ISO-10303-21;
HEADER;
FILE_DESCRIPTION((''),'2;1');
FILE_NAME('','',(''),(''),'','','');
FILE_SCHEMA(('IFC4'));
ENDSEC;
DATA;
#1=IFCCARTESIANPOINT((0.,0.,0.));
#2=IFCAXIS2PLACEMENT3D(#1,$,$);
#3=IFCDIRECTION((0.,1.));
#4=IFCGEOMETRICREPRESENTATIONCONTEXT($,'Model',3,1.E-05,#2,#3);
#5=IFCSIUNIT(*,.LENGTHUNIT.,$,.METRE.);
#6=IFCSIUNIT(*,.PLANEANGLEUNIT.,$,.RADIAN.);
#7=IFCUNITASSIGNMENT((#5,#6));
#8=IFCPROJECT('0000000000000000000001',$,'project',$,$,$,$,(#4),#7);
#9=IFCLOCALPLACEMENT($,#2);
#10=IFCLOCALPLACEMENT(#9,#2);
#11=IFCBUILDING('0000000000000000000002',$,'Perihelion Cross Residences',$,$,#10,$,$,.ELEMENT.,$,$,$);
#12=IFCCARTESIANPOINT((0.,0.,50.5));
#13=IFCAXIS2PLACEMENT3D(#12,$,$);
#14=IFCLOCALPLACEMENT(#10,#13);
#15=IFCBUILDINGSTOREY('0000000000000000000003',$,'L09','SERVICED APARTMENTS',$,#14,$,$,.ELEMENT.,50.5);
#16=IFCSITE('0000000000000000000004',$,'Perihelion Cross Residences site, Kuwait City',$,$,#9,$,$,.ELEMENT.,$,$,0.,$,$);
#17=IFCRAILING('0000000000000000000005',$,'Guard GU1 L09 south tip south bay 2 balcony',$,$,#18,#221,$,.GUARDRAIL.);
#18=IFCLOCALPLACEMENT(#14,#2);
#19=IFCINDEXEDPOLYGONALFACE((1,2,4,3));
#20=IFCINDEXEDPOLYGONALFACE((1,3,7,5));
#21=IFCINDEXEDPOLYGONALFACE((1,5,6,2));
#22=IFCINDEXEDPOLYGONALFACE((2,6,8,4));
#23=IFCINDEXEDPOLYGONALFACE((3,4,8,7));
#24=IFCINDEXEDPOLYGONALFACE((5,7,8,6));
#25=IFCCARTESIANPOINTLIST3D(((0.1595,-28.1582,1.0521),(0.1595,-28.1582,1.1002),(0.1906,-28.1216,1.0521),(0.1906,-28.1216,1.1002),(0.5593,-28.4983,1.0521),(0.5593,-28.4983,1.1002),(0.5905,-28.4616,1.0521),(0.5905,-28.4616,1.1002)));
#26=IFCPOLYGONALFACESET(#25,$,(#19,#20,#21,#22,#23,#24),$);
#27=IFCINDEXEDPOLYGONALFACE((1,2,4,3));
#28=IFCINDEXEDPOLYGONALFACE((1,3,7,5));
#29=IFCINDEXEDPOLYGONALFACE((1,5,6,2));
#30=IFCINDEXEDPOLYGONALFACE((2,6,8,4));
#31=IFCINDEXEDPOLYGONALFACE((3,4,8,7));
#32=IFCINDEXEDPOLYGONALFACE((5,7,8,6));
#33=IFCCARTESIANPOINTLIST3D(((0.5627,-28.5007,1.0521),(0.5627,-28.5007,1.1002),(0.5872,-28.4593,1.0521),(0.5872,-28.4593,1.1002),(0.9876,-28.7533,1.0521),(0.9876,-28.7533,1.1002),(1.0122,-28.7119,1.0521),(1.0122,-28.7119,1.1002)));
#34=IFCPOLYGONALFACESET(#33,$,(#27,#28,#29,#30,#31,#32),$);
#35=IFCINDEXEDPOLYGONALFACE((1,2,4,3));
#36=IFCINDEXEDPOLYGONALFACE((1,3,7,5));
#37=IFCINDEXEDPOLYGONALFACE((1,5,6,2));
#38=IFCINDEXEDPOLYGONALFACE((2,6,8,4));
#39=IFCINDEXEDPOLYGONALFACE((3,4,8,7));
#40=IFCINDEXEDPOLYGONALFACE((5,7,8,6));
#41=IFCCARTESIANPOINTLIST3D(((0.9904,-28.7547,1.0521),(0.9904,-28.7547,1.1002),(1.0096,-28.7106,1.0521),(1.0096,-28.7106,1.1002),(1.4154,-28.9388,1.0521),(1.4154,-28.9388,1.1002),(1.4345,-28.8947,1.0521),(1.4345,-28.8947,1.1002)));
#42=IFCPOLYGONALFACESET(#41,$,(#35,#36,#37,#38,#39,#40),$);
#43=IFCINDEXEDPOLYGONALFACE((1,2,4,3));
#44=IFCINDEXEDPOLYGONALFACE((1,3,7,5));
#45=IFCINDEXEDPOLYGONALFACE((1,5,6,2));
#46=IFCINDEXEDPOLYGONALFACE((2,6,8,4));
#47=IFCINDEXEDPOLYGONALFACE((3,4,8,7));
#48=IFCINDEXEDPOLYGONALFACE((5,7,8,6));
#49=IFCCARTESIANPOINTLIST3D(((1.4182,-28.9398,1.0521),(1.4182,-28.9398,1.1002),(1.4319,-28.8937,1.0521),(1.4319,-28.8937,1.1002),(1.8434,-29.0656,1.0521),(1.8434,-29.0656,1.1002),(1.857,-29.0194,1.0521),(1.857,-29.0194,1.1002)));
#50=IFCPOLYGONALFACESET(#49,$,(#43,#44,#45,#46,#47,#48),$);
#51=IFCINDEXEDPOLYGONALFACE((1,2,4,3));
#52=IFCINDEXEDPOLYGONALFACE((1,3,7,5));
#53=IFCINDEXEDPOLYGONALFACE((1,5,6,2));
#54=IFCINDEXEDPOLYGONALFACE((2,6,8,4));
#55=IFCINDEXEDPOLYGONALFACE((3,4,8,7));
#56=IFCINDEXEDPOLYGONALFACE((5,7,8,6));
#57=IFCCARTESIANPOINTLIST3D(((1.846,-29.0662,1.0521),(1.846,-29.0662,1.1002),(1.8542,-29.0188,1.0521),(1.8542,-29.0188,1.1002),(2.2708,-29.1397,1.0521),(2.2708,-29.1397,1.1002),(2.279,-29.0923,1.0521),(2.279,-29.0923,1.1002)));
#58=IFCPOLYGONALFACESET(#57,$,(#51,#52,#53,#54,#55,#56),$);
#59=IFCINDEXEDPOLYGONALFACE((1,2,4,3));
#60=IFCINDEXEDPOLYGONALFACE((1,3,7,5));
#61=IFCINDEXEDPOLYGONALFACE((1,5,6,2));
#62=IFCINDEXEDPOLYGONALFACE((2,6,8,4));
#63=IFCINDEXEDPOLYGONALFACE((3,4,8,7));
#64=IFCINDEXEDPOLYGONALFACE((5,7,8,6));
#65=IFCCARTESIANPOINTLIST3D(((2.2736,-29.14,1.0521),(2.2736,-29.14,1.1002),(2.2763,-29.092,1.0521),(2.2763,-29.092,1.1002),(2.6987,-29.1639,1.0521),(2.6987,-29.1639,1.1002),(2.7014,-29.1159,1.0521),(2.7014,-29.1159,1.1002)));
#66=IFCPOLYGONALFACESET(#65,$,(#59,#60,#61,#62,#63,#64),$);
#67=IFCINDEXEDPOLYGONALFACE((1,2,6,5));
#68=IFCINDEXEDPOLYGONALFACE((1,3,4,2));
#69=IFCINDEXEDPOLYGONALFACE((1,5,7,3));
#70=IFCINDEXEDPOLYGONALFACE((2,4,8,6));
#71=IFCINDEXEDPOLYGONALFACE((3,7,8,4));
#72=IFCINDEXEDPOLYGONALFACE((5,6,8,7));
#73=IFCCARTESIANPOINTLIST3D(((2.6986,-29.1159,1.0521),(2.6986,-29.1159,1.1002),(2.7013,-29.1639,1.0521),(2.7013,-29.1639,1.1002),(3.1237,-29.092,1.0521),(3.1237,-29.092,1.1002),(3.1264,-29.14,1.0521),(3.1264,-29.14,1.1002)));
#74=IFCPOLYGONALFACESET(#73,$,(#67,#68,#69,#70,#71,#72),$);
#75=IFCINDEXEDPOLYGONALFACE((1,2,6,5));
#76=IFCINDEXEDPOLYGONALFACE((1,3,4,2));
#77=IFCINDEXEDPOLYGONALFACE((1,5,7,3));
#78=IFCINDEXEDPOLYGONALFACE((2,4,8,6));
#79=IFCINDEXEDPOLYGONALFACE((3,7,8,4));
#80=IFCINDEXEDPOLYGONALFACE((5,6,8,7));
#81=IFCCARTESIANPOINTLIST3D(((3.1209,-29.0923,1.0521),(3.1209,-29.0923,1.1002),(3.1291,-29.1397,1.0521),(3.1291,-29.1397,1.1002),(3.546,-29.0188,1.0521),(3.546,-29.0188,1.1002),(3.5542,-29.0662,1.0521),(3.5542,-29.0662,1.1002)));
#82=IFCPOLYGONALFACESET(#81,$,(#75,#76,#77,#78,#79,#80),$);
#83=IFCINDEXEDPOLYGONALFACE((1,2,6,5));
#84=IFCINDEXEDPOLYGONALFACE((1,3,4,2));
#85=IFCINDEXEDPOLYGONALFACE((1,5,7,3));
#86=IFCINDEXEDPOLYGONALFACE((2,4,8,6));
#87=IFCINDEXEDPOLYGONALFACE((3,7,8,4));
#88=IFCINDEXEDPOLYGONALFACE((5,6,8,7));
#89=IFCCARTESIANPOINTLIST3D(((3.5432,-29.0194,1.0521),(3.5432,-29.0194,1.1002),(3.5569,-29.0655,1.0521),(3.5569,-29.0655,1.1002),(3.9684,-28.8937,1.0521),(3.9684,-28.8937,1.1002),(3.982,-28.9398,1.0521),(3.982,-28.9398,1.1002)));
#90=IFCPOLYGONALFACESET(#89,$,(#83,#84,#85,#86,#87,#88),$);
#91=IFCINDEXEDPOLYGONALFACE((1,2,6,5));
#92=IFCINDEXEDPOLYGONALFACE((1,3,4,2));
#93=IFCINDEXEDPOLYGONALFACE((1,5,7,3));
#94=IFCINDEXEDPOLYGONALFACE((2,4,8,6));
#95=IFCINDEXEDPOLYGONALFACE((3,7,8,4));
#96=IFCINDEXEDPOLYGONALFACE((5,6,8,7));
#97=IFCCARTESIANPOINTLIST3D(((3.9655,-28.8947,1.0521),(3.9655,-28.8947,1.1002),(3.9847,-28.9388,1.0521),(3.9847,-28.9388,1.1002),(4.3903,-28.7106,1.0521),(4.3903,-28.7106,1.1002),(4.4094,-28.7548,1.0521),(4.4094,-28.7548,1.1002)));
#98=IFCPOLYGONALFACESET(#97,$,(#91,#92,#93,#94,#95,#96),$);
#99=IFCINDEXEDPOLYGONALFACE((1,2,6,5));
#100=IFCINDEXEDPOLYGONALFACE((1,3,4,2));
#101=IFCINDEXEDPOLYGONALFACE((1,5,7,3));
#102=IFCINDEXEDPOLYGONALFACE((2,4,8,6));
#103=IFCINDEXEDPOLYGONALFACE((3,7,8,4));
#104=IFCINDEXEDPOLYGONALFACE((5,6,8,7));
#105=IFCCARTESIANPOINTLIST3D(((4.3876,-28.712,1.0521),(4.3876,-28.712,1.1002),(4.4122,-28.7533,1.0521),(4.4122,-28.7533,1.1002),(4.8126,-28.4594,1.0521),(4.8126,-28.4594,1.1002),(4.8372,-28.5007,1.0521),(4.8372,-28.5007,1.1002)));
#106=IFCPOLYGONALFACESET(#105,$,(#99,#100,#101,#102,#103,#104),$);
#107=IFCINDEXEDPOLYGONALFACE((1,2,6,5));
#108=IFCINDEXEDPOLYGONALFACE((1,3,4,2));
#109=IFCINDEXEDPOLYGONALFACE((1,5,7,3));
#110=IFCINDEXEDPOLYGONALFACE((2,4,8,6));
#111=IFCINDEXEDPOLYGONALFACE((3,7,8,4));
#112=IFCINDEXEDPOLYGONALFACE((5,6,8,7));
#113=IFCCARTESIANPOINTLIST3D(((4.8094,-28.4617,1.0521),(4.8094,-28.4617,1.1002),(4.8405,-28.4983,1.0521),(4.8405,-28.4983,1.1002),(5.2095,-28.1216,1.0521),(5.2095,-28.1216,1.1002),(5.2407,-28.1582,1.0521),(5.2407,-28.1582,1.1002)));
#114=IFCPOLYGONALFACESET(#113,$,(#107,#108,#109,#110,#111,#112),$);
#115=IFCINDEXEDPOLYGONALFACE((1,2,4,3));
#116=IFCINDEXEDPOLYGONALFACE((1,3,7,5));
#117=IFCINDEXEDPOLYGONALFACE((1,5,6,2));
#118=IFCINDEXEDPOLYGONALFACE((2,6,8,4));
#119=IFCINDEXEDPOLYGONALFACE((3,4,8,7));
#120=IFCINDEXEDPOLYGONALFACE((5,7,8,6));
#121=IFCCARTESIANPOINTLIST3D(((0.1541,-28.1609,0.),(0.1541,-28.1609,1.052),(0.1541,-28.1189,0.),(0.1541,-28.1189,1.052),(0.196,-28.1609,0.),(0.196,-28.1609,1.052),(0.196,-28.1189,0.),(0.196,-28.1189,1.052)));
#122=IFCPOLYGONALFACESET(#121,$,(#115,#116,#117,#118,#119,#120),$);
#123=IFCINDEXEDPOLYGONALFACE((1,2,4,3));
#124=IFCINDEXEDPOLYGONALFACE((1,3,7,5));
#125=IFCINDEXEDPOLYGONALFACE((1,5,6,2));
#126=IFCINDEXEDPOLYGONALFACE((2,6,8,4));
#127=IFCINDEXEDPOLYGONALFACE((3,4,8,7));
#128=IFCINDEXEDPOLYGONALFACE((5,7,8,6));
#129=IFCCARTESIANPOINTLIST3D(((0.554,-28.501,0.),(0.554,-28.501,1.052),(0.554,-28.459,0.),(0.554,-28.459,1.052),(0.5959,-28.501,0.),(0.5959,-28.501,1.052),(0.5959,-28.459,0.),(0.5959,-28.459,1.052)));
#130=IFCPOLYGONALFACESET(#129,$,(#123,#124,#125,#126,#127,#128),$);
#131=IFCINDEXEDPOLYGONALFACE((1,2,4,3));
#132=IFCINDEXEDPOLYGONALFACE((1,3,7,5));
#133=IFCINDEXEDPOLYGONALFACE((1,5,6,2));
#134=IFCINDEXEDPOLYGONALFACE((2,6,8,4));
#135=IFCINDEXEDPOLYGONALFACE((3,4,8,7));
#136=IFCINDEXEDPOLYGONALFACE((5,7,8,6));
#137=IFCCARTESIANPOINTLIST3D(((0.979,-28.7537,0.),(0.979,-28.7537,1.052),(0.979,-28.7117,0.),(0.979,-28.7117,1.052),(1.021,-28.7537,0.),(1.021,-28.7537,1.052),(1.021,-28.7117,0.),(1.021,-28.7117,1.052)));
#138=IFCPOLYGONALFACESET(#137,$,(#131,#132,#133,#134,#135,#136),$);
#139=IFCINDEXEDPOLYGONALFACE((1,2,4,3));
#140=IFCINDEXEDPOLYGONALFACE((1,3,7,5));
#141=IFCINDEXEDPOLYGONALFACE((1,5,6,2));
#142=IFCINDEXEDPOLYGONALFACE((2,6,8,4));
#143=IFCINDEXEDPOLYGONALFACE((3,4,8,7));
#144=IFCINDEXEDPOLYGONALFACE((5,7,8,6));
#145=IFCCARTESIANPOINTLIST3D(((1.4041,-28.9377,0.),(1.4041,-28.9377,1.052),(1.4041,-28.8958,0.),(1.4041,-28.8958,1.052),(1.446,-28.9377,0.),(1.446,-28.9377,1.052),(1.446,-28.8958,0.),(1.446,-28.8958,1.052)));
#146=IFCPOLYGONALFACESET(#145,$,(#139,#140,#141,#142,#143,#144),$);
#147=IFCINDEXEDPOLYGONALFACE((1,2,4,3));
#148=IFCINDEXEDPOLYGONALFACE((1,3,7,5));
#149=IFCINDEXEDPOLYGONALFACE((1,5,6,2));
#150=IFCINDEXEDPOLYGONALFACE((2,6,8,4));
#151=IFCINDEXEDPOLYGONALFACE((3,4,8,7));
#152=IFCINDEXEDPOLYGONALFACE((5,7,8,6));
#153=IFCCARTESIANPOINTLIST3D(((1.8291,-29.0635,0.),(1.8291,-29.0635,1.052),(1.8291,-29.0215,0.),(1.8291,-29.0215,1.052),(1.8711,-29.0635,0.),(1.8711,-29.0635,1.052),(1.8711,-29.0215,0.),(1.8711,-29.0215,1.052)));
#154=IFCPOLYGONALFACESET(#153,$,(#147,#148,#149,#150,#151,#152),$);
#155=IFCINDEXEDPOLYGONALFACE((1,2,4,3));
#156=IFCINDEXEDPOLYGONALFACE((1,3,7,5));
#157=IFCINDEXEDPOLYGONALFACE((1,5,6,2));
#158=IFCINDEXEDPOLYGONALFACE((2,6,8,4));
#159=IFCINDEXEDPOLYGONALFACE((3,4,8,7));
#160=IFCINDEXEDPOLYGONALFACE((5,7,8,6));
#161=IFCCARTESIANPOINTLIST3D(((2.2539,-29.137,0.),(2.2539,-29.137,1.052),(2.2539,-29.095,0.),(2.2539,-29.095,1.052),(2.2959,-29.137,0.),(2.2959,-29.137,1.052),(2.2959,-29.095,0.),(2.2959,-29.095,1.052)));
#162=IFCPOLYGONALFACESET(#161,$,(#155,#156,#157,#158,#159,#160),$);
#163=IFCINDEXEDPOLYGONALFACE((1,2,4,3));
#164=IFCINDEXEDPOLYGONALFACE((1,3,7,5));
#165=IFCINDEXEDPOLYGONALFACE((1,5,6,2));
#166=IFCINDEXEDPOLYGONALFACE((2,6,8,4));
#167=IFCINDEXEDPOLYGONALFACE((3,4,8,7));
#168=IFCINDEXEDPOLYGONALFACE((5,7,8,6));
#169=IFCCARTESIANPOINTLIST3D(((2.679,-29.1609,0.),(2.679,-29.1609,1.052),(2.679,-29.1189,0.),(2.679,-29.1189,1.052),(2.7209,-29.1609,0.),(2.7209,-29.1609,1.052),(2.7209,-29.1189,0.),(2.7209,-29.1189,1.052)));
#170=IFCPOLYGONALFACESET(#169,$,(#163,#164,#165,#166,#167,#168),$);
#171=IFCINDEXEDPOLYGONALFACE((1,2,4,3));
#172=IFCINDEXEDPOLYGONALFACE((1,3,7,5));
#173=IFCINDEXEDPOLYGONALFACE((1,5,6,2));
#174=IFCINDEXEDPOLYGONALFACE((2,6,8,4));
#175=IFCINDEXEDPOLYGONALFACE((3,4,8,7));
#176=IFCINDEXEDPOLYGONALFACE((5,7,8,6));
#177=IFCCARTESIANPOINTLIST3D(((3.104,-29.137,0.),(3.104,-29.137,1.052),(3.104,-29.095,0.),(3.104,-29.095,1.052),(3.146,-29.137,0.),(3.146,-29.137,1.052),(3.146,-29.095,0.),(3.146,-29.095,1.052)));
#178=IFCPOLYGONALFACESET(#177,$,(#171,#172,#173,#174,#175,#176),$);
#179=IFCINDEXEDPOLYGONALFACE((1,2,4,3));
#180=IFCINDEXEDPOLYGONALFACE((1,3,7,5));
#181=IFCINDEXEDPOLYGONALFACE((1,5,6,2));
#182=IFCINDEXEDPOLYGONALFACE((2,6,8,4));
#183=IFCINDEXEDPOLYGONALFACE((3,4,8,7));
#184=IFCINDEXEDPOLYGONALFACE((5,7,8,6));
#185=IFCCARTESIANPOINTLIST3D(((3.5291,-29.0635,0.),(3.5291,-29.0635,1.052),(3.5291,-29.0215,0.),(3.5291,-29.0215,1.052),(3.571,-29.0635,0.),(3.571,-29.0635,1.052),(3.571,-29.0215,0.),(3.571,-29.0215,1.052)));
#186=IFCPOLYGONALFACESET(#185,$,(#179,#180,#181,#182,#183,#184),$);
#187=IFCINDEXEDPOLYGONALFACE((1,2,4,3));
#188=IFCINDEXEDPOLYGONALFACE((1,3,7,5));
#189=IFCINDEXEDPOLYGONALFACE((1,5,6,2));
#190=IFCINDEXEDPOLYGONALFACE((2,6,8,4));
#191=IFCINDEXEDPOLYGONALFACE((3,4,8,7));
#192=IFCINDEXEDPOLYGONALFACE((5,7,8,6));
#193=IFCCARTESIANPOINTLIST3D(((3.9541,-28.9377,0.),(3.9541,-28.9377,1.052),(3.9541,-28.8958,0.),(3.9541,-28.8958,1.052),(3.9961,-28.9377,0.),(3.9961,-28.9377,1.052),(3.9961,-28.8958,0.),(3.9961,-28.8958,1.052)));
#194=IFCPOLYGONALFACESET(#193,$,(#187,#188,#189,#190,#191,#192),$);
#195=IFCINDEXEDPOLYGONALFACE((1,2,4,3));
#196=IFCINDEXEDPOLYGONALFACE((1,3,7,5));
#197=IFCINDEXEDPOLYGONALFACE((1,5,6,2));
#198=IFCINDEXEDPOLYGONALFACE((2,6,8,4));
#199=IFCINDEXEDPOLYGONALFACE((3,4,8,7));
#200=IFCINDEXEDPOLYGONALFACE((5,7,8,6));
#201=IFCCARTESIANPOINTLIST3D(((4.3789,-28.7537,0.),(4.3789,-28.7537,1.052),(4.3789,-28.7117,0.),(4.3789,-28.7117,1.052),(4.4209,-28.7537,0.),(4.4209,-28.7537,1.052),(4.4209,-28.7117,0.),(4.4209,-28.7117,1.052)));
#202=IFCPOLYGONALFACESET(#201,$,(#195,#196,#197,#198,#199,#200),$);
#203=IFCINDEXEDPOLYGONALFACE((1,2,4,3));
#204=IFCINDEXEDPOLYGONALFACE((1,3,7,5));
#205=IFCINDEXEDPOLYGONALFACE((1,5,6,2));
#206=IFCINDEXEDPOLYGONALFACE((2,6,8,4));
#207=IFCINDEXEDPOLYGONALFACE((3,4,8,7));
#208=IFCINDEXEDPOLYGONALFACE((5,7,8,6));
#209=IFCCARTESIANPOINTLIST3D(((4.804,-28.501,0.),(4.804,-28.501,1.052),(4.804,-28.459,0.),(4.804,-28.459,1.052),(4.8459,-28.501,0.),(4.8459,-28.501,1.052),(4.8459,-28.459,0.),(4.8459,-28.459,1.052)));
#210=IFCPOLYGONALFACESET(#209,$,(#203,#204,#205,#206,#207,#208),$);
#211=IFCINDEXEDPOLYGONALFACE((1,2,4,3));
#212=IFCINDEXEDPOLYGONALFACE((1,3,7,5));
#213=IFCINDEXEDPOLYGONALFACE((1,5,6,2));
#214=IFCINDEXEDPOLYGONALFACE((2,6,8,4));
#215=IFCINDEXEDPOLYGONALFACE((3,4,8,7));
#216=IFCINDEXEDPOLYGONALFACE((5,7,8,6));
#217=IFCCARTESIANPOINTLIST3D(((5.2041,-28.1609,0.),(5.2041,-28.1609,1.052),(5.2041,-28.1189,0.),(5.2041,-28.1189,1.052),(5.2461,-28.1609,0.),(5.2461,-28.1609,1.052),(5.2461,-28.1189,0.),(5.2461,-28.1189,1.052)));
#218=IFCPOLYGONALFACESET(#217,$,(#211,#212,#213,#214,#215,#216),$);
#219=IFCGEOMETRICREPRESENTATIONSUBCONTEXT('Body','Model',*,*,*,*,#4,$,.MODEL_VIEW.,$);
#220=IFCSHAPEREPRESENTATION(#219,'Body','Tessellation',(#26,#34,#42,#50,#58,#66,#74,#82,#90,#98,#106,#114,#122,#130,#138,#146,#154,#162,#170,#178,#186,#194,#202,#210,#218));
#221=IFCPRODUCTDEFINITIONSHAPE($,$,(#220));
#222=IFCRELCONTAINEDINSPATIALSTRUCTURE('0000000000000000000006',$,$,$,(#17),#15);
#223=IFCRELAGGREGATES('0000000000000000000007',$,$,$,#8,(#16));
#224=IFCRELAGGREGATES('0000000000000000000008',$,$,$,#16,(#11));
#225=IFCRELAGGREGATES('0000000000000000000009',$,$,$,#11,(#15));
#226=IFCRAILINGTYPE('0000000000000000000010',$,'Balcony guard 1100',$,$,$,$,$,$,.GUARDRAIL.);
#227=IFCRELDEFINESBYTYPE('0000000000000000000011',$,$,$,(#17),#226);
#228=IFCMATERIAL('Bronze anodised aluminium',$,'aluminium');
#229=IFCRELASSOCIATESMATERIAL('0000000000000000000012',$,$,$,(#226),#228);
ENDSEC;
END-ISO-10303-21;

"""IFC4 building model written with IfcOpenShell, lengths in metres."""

from ifc_helpers import new_model, si_unit, direction, frame, origin, origin_2d, place, context, subcontext, project, spatial, rectangle, extrude, material, type_object, element, save


model = new_model("IFC4")

# Units and contexts
model_context = context("Model", 3, precision=1e-05, world=origin(), true_north=direction((0.0, 1.0)))
body_context = subcontext(model_context, "Body", "Model", "MODEL_VIEW")
ifc_project = project(units=[si_unit("LENGTHUNIT", "METRE"), si_unit("PLANEANGLEUNIT", "RADIAN")], contexts=[model_context])

# Site, building, storey
site_placement = place(None, origin())
site = spatial("IfcSite", under=ifc_project, at=site_placement, Name="Perihelion Cross Residences site, Kuwait City", CompositionType="ELEMENT", RefElevation=0.0)
building_placement = place(site_placement, origin())
building = spatial("IfcBuilding", under=site, at=building_placement, Name="Perihelion Cross Residences", CompositionType="ELEMENT")
storey_placement = place(building_placement, frame((0.0, 0.0, 50.5)))
storey = spatial("IfcBuildingStorey", under=building, at=storey_placement, Name="L09", Description="SERVICED APARTMENTS", CompositionType="ELEMENT", Elevation=50.5)

# Railing
ifc_material_1 = material(Name="Bronze anodised aluminium", Category="aluminium")
railing_type = type_object("IfcRailingType", Name="Balcony guard 1100", PredefinedType="GUARDRAIL", material=ifc_material_1)
railing_placement = place(storey_placement, frame((0.175, -28.1399, 0.0)))
element("IfcRailing", 1, at=railing_placement, inside=storey, type_object=railing_type, Name="Guard GU1 L09 south tip south bay 2 balcony", PredefinedType="GUARDRAIL", context=body_context, shape_type="SweptSolid", body=[
    extrude(rectangle(XDim=0.0481, YDim=0.0481, at=origin_2d()), frame((0.0, 0.0, 1.0762), z_axis=(0.761779, -0.647837, 0.0), x_axis=(0.647837, 0.761779, 0.0)), (0.0, 0.0, 1.0), 0.5249),
    extrude(rectangle(XDim=0.0481, YDim=0.0481, at=origin_2d()), frame((0.3999, -0.3401, 1.0762), z_axis=(0.859577, -0.511006, 0.0), x_axis=(0.511006, 0.859577, 0.0)), (0.0, 0.0, 1.0), 0.4944),
    extrude(rectangle(XDim=0.0481, YDim=0.0481, at=origin_2d()), frame((0.825, -0.5928, 1.0762), z_axis=(0.917639, -0.397415, 0.0), x_axis=(0.397415, 0.917639, 0.0)), (0.0, 0.0, 1.0), 0.4631),
    extrude(rectangle(XDim=0.0481, YDim=0.0481, at=origin_2d()), frame((1.25, -0.7769, 1.0762), z_axis=(0.958926, -0.283657, 0.0), x_axis=(0.283657, 0.958926, 0.0)), (0.0, 0.0, 1.0), 0.4434),
    extrude(rectangle(XDim=0.0481, YDim=0.0481, at=origin_2d()), frame((1.675, -0.9026, 1.0762), z_axis=(0.985365, -0.170457, 0.0), x_axis=(0.170457, 0.985365, 0.0)), (0.0, 0.0, 1.0), 0.4312),
    extrude(rectangle(XDim=0.0481, YDim=0.0481, at=origin_2d()), frame((2.0999, -0.9761, 1.0762), z_axis=(0.99842, -0.056201, 0.0), x_axis=(0.056201, 0.99842, 0.0)), (0.0, 0.0, 1.0), 0.4258),
    extrude(rectangle(XDim=0.0481, YDim=0.0481, at=origin_2d()), frame((2.5249, -1.0, 1.0762), z_axis=(0.99842, 0.056201, 0.0), x_axis=(-0.056201, 0.99842, 0.0)), (0.0, 0.0, 1.0), 0.4258),
    extrude(rectangle(XDim=0.0481, YDim=0.0481, at=origin_2d()), frame((2.95, -0.9761, 1.0762), z_axis=(0.985382, 0.170362, 0.0), x_axis=(-0.170362, 0.985382, 0.0)), (0.0, 0.0, 1.0), 0.4314),
    extrude(rectangle(XDim=0.0481, YDim=0.0481, at=origin_2d()), frame((3.375, -0.9026, 1.0762), z_axis=(0.958926, 0.283657, 0.0), x_axis=(-0.283657, 0.958926, 0.0)), (0.0, 0.0, 1.0), 0.4434),
    extrude(rectangle(XDim=0.0481, YDim=0.0481, at=origin_2d()), frame((3.8, -0.7769, 1.0762), z_axis=(0.917556, 0.397607, 0.0), x_axis=(-0.397607, 0.917556, 0.0)), (0.0, 0.0, 1.0), 0.4629),
    extrude(rectangle(XDim=0.0481, YDim=0.0481, at=origin_2d()), frame((4.2249, -0.5928, 1.0762), z_axis=(0.859577, 0.511006, 0.0), x_axis=(-0.511006, 0.859577, 0.0)), (0.0, 0.0, 1.0), 0.4944),
    extrude(rectangle(XDim=0.0481, YDim=0.0481, at=origin_2d()), frame((4.6499, -0.3401, 1.0762), z_axis=(0.761974, 0.647608, 0.0), x_axis=(-0.647608, 0.761974, 0.0)), (0.0, 0.0, 1.0), 0.5251),
    extrude(rectangle(XDim=0.042, YDim=0.042, at=origin_2d()), origin(), (0.0, 0.0, 1.0), 1.052),
    extrude(rectangle(XDim=0.042, YDim=0.042, at=origin_2d()), frame((0.3999, -0.3401, 0.0)), (0.0, 0.0, 1.0), 1.052),
    extrude(rectangle(XDim=0.042, YDim=0.042, at=origin_2d()), frame((0.825, -0.5928, 0.0)), (0.0, 0.0, 1.0), 1.052),
    extrude(rectangle(XDim=0.042, YDim=0.042, at=origin_2d()), frame((1.25, -0.7769, 0.0)), (0.0, 0.0, 1.0), 1.052),
    extrude(rectangle(XDim=0.042, YDim=0.042, at=origin_2d()), frame((1.675, -0.9026, 0.0)), (0.0, 0.0, 1.0), 1.052),
    extrude(rectangle(XDim=0.042, YDim=0.042, at=origin_2d()), frame((2.0999, -0.9761, 0.0)), (0.0, 0.0, 1.0), 1.052),
    extrude(rectangle(XDim=0.042, YDim=0.042, at=origin_2d()), frame((2.5249, -1.0, 0.0)), (0.0, 0.0, 1.0), 1.052),
    extrude(rectangle(XDim=0.042, YDim=0.042, at=origin_2d()), frame((2.95, -0.9761, 0.0)), (0.0, 0.0, 1.0), 1.052),
    extrude(rectangle(XDim=0.042, YDim=0.042, at=origin_2d()), frame((3.375, -0.9026, 0.0)), (0.0, 0.0, 1.0), 1.052),
    extrude(rectangle(XDim=0.042, YDim=0.042, at=origin_2d()), frame((3.8, -0.7769, 0.0)), (0.0, 0.0, 1.0), 1.052),
    extrude(rectangle(XDim=0.042, YDim=0.042, at=origin_2d()), frame((4.2249, -0.5928, 0.0)), (0.0, 0.0, 1.0), 1.052),
    extrude(rectangle(XDim=0.042, YDim=0.042, at=origin_2d()), frame((4.6499, -0.3401, 0.0)), (0.0, 0.0, 1.0), 1.052),
    extrude(rectangle(XDim=0.042, YDim=0.042, at=origin_2d()), frame((5.05, 0.0, 0.0)), (0.0, 0.0, 1.0), 1.052),
])

save(model, "model.ifc")
